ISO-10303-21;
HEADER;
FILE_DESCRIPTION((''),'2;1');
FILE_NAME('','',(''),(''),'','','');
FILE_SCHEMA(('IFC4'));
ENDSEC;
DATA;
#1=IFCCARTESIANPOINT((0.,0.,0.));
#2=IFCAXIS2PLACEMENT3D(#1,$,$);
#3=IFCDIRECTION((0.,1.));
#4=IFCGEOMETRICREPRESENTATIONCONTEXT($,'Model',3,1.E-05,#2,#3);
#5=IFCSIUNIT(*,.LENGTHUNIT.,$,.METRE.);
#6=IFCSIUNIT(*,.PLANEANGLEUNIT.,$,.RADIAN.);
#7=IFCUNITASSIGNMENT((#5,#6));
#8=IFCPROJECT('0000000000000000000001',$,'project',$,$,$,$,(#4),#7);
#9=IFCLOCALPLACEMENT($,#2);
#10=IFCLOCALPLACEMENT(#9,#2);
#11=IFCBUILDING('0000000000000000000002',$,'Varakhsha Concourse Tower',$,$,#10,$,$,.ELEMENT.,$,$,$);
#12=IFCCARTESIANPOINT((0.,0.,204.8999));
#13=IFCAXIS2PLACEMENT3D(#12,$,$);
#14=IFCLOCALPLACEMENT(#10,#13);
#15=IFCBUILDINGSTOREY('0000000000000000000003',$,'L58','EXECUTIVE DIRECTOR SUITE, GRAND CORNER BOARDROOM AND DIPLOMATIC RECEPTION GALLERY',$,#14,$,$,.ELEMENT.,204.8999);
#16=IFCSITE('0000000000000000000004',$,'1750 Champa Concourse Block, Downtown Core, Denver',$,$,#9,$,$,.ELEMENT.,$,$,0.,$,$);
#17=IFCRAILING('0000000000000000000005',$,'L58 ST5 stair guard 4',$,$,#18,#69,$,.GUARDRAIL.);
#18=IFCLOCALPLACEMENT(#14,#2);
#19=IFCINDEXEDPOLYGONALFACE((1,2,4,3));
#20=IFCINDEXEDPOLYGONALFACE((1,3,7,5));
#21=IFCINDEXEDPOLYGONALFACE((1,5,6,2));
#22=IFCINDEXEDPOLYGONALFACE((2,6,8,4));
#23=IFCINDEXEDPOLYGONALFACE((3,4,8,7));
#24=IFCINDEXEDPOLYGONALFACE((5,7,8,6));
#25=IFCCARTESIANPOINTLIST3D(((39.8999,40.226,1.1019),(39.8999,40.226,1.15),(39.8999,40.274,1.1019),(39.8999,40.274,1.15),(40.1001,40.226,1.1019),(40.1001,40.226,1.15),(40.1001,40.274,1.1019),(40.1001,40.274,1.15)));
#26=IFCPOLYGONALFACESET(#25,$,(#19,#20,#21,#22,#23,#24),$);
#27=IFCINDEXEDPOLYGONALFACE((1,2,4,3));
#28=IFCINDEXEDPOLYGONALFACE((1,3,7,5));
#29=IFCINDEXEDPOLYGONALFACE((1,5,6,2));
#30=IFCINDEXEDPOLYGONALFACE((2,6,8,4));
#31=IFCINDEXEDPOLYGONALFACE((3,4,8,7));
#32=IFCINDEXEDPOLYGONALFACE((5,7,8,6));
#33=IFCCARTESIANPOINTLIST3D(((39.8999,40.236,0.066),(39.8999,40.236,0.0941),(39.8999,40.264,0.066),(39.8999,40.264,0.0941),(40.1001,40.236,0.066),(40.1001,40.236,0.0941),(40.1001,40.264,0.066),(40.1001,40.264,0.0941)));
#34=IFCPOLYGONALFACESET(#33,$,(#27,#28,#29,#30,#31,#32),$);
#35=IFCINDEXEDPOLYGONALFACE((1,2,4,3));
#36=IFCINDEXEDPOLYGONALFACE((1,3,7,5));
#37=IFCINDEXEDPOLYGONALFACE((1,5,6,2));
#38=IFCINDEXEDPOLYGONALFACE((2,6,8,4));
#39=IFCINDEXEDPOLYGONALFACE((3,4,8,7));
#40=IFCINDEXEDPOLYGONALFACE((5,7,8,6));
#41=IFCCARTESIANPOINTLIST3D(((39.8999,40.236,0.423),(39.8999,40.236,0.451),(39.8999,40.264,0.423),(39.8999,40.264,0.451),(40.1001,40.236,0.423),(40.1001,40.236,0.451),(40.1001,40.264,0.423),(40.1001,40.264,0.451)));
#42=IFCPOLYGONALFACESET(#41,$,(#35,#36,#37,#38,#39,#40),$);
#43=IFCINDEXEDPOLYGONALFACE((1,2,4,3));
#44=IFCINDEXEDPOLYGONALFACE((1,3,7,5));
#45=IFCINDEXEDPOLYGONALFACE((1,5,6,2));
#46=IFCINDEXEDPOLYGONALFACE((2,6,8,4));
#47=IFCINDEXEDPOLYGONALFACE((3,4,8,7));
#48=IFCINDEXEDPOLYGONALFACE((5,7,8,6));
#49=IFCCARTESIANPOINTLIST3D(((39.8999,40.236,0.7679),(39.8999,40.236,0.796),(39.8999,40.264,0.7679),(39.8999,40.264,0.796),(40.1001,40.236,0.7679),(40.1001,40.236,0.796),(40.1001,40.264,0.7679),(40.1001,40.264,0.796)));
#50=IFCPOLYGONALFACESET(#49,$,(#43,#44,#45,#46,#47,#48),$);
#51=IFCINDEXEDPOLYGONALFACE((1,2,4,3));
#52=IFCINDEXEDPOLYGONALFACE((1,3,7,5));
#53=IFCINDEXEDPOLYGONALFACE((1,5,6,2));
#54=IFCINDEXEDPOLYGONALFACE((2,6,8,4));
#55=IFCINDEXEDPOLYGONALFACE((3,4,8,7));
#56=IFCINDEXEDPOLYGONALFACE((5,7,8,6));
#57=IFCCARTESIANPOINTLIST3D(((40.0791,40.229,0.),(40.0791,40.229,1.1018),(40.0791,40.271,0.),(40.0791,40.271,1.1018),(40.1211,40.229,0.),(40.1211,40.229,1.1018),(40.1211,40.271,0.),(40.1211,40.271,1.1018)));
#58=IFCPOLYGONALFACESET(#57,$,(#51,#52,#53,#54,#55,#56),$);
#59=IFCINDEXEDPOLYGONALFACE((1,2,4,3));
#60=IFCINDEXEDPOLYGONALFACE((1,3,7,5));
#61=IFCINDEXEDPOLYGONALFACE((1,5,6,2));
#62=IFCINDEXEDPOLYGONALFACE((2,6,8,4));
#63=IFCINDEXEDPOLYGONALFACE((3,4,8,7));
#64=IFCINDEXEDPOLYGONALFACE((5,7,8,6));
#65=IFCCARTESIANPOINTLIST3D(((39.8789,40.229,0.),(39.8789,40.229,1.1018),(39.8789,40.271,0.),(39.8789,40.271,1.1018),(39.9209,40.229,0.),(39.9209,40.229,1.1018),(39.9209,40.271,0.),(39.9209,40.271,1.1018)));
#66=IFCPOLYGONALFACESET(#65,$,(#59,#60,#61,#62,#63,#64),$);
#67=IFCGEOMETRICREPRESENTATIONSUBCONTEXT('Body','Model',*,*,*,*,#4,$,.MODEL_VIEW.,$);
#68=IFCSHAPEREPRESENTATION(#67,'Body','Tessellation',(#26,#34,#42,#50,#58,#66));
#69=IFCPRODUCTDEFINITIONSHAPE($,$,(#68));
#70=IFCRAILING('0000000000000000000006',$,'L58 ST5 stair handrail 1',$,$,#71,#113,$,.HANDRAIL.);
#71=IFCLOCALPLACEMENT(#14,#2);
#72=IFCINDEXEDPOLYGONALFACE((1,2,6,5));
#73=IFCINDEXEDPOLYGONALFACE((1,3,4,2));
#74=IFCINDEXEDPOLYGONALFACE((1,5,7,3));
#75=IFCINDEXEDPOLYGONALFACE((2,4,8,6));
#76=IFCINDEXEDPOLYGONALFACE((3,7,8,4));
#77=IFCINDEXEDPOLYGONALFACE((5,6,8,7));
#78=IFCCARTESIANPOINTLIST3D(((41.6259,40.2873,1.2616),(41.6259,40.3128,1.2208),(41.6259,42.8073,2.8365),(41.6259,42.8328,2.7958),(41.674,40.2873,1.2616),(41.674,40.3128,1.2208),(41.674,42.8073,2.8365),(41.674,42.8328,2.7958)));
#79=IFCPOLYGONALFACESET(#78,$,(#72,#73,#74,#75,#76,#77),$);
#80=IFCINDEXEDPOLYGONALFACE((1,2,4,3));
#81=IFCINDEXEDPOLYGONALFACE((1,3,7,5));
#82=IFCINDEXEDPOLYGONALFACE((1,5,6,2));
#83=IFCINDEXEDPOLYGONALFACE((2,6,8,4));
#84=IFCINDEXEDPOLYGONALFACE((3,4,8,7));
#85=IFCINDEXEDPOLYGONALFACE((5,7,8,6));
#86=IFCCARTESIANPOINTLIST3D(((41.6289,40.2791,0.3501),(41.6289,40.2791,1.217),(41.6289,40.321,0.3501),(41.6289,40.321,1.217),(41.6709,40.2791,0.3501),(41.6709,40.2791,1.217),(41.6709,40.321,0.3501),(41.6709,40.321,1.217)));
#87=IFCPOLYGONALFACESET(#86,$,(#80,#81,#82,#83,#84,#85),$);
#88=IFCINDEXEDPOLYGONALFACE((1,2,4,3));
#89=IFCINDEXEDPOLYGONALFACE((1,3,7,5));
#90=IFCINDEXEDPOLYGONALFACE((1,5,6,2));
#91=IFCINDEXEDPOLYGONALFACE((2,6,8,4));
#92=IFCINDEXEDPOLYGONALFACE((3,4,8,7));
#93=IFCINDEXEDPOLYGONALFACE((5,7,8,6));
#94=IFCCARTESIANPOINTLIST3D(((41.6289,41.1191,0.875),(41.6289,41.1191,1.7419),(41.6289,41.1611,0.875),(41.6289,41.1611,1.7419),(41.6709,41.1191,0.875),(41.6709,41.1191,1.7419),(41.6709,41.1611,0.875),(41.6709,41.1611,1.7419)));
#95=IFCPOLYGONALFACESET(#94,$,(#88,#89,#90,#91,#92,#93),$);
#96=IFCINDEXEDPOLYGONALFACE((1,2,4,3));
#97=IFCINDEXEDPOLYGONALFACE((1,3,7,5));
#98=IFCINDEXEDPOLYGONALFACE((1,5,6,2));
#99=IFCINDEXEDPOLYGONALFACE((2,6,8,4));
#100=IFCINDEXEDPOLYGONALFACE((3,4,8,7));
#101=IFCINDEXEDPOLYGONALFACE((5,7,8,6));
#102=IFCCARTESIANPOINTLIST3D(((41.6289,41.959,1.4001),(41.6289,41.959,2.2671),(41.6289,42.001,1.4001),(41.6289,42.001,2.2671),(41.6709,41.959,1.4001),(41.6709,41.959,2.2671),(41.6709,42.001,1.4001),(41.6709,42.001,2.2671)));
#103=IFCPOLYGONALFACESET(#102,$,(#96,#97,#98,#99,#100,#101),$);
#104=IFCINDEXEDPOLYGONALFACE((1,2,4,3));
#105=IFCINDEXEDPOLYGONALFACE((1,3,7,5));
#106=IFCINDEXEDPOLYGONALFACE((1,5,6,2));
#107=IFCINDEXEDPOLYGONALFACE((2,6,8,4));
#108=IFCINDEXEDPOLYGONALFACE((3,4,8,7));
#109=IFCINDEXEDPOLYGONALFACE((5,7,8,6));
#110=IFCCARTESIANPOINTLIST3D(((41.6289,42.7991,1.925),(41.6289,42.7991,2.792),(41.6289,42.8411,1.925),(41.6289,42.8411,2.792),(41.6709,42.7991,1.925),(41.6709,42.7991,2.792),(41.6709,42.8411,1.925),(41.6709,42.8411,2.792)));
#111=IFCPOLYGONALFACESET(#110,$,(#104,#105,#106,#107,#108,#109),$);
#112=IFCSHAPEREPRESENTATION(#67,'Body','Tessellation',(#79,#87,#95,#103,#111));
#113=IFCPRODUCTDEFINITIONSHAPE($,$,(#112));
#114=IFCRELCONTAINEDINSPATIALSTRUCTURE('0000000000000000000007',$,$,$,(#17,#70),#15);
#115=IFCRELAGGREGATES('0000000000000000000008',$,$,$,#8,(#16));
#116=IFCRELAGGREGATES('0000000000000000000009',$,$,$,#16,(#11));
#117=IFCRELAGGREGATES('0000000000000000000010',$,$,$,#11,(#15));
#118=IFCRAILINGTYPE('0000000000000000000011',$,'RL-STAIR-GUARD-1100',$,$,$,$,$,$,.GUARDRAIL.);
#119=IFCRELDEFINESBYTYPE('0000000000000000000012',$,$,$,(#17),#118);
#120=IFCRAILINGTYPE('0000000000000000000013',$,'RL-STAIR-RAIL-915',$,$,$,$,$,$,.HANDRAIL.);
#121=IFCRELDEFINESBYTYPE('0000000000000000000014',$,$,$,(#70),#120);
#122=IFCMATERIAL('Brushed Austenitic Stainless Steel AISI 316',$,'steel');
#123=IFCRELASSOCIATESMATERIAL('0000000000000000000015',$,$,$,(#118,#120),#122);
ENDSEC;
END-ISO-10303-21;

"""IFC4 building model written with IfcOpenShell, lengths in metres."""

from ifc_helpers import new_model, si_unit, direction, frame, origin, origin_2d, place, context, subcontext, project, spatial, rectangle, extrude, material, type_object, element, save


model = new_model("IFC4")

# Units and contexts
model_context = context("Model", 3, precision=1e-05, world=origin(), true_north=direction((0.0, 1.0)))
body_context = subcontext(model_context, "Body", "Model", "MODEL_VIEW")
ifc_project = project(units=[si_unit("LENGTHUNIT", "METRE"), si_unit("PLANEANGLEUNIT", "RADIAN")], contexts=[model_context])

# Site, building, storey
site_placement = place(None, origin())
site = spatial("IfcSite", under=ifc_project, at=site_placement, Name="1750 Champa Concourse Block, Downtown Core, Denver", CompositionType="ELEMENT", RefElevation=0.0)
building_placement = place(site_placement, origin())
building = spatial("IfcBuilding", under=site, at=building_placement, Name="Varakhsha Concourse Tower", CompositionType="ELEMENT")
storey_placement = place(building_placement, frame((0.0, 0.0, 204.8999)))
storey = spatial("IfcBuildingStorey", under=building, at=storey_placement, Name="L58", Description="EXECUTIVE DIRECTOR SUITE, GRAND CORNER BOARDROOM AND DIPLOMATIC RECEPTION GALLERY", CompositionType="ELEMENT", Elevation=204.8999)

# Railings
ifc_material_1 = material(Name="Brushed Austenitic Stainless Steel AISI 316", Category="steel")
railing_type_1 = type_object("IfcRailingType", Name="RL-STAIR-GUARD-1100", PredefinedType="GUARDRAIL", material=ifc_material_1)
railing_1_placement = place(storey_placement, frame((40.1001, 40.25, 0.0)))
element("IfcRailing", 1, at=railing_1_placement, inside=storey, type_object=railing_type_1, Name="L58 ST5 stair guard 4", PredefinedType="GUARDRAIL", context=body_context, shape_type="SweptSolid", body=[
    extrude(rectangle(XDim=0.0481, YDim=0.0481, at=origin_2d()), frame((0.0, 0.0, 1.126), z_axis=(-1.0, 0.0, 0.0), x_axis=(0.0, -1.0, 0.0)), (0.0, 0.0, 1.0), 0.2002),
    extrude(rectangle(XDim=0.0281, YDim=0.0281, at=origin_2d()), frame((0.0, 0.0, 0.0801), z_axis=(-1.0, 0.0, 0.0), x_axis=(0.0, -1.0, 0.0)), (0.0, 0.0, 1.0), 0.2002),
    extrude(rectangle(XDim=0.0281, YDim=0.0281, at=origin_2d()), frame((0.0, 0.0, 0.437), z_axis=(-1.0, 0.0, 0.0), x_axis=(0.0, -1.0, 0.0)), (0.0, 0.0, 1.0), 0.2002),
    extrude(rectangle(XDim=0.0281, YDim=0.0281, at=origin_2d()), frame((0.0, 0.0, 0.782), z_axis=(-1.0, 0.0, 0.0), x_axis=(0.0, -1.0, 0.0)), (0.0, 0.0, 1.0), 0.2002),
    extrude(rectangle(XDim=0.042, YDim=0.042, at=origin_2d()), origin(), (0.0, 0.0, 1.0), 1.1018),
    extrude(rectangle(XDim=0.042, YDim=0.042, at=origin_2d()), frame((-0.2002, 0.0, 0.0)), (0.0, 0.0, 1.0), 1.1018),
])
railing_type_2 = type_object("IfcRailingType", Name="RL-STAIR-RAIL-915", PredefinedType="HANDRAIL", material=ifc_material_1)
railing_2_placement = place(storey_placement, frame((41.6499, 40.3, 0.3501)))
element("IfcRailing", 2, at=railing_2_placement, inside=storey, type_object=railing_type_2, Name="L58 ST5 stair handrail 1", PredefinedType="HANDRAIL", context=body_context, shape_type="SweptSolid", body=[
    extrude(rectangle(XDim=0.0481, YDim=0.0481, at=origin_2d()), frame((0.0, 0.0, 0.8911), z_axis=(0.0, 0.848008, 0.529984), x_axis=(-1.0, 0.0, 0.0)), (0.0, 0.0, 1.0), 2.9717),
    extrude(rectangle(XDim=0.042, YDim=0.042, at=origin_2d()), origin(), (0.0, 0.0, 1.0), 0.8669),
    extrude(rectangle(XDim=0.042, YDim=0.042, at=origin_2d()), frame((0.0, 0.8401, 0.5249)), (0.0, 0.0, 1.0), 0.8669),
    extrude(rectangle(XDim=0.042, YDim=0.042, at=origin_2d()), frame((0.0, 1.6799, 1.05)), (0.0, 0.0, 1.0), 0.8669),
    extrude(rectangle(XDim=0.042, YDim=0.042, at=origin_2d()), frame((0.0, 2.52, 1.575)), (0.0, 0.0, 1.0), 0.8669),
])

save(model, "model.ifc")
